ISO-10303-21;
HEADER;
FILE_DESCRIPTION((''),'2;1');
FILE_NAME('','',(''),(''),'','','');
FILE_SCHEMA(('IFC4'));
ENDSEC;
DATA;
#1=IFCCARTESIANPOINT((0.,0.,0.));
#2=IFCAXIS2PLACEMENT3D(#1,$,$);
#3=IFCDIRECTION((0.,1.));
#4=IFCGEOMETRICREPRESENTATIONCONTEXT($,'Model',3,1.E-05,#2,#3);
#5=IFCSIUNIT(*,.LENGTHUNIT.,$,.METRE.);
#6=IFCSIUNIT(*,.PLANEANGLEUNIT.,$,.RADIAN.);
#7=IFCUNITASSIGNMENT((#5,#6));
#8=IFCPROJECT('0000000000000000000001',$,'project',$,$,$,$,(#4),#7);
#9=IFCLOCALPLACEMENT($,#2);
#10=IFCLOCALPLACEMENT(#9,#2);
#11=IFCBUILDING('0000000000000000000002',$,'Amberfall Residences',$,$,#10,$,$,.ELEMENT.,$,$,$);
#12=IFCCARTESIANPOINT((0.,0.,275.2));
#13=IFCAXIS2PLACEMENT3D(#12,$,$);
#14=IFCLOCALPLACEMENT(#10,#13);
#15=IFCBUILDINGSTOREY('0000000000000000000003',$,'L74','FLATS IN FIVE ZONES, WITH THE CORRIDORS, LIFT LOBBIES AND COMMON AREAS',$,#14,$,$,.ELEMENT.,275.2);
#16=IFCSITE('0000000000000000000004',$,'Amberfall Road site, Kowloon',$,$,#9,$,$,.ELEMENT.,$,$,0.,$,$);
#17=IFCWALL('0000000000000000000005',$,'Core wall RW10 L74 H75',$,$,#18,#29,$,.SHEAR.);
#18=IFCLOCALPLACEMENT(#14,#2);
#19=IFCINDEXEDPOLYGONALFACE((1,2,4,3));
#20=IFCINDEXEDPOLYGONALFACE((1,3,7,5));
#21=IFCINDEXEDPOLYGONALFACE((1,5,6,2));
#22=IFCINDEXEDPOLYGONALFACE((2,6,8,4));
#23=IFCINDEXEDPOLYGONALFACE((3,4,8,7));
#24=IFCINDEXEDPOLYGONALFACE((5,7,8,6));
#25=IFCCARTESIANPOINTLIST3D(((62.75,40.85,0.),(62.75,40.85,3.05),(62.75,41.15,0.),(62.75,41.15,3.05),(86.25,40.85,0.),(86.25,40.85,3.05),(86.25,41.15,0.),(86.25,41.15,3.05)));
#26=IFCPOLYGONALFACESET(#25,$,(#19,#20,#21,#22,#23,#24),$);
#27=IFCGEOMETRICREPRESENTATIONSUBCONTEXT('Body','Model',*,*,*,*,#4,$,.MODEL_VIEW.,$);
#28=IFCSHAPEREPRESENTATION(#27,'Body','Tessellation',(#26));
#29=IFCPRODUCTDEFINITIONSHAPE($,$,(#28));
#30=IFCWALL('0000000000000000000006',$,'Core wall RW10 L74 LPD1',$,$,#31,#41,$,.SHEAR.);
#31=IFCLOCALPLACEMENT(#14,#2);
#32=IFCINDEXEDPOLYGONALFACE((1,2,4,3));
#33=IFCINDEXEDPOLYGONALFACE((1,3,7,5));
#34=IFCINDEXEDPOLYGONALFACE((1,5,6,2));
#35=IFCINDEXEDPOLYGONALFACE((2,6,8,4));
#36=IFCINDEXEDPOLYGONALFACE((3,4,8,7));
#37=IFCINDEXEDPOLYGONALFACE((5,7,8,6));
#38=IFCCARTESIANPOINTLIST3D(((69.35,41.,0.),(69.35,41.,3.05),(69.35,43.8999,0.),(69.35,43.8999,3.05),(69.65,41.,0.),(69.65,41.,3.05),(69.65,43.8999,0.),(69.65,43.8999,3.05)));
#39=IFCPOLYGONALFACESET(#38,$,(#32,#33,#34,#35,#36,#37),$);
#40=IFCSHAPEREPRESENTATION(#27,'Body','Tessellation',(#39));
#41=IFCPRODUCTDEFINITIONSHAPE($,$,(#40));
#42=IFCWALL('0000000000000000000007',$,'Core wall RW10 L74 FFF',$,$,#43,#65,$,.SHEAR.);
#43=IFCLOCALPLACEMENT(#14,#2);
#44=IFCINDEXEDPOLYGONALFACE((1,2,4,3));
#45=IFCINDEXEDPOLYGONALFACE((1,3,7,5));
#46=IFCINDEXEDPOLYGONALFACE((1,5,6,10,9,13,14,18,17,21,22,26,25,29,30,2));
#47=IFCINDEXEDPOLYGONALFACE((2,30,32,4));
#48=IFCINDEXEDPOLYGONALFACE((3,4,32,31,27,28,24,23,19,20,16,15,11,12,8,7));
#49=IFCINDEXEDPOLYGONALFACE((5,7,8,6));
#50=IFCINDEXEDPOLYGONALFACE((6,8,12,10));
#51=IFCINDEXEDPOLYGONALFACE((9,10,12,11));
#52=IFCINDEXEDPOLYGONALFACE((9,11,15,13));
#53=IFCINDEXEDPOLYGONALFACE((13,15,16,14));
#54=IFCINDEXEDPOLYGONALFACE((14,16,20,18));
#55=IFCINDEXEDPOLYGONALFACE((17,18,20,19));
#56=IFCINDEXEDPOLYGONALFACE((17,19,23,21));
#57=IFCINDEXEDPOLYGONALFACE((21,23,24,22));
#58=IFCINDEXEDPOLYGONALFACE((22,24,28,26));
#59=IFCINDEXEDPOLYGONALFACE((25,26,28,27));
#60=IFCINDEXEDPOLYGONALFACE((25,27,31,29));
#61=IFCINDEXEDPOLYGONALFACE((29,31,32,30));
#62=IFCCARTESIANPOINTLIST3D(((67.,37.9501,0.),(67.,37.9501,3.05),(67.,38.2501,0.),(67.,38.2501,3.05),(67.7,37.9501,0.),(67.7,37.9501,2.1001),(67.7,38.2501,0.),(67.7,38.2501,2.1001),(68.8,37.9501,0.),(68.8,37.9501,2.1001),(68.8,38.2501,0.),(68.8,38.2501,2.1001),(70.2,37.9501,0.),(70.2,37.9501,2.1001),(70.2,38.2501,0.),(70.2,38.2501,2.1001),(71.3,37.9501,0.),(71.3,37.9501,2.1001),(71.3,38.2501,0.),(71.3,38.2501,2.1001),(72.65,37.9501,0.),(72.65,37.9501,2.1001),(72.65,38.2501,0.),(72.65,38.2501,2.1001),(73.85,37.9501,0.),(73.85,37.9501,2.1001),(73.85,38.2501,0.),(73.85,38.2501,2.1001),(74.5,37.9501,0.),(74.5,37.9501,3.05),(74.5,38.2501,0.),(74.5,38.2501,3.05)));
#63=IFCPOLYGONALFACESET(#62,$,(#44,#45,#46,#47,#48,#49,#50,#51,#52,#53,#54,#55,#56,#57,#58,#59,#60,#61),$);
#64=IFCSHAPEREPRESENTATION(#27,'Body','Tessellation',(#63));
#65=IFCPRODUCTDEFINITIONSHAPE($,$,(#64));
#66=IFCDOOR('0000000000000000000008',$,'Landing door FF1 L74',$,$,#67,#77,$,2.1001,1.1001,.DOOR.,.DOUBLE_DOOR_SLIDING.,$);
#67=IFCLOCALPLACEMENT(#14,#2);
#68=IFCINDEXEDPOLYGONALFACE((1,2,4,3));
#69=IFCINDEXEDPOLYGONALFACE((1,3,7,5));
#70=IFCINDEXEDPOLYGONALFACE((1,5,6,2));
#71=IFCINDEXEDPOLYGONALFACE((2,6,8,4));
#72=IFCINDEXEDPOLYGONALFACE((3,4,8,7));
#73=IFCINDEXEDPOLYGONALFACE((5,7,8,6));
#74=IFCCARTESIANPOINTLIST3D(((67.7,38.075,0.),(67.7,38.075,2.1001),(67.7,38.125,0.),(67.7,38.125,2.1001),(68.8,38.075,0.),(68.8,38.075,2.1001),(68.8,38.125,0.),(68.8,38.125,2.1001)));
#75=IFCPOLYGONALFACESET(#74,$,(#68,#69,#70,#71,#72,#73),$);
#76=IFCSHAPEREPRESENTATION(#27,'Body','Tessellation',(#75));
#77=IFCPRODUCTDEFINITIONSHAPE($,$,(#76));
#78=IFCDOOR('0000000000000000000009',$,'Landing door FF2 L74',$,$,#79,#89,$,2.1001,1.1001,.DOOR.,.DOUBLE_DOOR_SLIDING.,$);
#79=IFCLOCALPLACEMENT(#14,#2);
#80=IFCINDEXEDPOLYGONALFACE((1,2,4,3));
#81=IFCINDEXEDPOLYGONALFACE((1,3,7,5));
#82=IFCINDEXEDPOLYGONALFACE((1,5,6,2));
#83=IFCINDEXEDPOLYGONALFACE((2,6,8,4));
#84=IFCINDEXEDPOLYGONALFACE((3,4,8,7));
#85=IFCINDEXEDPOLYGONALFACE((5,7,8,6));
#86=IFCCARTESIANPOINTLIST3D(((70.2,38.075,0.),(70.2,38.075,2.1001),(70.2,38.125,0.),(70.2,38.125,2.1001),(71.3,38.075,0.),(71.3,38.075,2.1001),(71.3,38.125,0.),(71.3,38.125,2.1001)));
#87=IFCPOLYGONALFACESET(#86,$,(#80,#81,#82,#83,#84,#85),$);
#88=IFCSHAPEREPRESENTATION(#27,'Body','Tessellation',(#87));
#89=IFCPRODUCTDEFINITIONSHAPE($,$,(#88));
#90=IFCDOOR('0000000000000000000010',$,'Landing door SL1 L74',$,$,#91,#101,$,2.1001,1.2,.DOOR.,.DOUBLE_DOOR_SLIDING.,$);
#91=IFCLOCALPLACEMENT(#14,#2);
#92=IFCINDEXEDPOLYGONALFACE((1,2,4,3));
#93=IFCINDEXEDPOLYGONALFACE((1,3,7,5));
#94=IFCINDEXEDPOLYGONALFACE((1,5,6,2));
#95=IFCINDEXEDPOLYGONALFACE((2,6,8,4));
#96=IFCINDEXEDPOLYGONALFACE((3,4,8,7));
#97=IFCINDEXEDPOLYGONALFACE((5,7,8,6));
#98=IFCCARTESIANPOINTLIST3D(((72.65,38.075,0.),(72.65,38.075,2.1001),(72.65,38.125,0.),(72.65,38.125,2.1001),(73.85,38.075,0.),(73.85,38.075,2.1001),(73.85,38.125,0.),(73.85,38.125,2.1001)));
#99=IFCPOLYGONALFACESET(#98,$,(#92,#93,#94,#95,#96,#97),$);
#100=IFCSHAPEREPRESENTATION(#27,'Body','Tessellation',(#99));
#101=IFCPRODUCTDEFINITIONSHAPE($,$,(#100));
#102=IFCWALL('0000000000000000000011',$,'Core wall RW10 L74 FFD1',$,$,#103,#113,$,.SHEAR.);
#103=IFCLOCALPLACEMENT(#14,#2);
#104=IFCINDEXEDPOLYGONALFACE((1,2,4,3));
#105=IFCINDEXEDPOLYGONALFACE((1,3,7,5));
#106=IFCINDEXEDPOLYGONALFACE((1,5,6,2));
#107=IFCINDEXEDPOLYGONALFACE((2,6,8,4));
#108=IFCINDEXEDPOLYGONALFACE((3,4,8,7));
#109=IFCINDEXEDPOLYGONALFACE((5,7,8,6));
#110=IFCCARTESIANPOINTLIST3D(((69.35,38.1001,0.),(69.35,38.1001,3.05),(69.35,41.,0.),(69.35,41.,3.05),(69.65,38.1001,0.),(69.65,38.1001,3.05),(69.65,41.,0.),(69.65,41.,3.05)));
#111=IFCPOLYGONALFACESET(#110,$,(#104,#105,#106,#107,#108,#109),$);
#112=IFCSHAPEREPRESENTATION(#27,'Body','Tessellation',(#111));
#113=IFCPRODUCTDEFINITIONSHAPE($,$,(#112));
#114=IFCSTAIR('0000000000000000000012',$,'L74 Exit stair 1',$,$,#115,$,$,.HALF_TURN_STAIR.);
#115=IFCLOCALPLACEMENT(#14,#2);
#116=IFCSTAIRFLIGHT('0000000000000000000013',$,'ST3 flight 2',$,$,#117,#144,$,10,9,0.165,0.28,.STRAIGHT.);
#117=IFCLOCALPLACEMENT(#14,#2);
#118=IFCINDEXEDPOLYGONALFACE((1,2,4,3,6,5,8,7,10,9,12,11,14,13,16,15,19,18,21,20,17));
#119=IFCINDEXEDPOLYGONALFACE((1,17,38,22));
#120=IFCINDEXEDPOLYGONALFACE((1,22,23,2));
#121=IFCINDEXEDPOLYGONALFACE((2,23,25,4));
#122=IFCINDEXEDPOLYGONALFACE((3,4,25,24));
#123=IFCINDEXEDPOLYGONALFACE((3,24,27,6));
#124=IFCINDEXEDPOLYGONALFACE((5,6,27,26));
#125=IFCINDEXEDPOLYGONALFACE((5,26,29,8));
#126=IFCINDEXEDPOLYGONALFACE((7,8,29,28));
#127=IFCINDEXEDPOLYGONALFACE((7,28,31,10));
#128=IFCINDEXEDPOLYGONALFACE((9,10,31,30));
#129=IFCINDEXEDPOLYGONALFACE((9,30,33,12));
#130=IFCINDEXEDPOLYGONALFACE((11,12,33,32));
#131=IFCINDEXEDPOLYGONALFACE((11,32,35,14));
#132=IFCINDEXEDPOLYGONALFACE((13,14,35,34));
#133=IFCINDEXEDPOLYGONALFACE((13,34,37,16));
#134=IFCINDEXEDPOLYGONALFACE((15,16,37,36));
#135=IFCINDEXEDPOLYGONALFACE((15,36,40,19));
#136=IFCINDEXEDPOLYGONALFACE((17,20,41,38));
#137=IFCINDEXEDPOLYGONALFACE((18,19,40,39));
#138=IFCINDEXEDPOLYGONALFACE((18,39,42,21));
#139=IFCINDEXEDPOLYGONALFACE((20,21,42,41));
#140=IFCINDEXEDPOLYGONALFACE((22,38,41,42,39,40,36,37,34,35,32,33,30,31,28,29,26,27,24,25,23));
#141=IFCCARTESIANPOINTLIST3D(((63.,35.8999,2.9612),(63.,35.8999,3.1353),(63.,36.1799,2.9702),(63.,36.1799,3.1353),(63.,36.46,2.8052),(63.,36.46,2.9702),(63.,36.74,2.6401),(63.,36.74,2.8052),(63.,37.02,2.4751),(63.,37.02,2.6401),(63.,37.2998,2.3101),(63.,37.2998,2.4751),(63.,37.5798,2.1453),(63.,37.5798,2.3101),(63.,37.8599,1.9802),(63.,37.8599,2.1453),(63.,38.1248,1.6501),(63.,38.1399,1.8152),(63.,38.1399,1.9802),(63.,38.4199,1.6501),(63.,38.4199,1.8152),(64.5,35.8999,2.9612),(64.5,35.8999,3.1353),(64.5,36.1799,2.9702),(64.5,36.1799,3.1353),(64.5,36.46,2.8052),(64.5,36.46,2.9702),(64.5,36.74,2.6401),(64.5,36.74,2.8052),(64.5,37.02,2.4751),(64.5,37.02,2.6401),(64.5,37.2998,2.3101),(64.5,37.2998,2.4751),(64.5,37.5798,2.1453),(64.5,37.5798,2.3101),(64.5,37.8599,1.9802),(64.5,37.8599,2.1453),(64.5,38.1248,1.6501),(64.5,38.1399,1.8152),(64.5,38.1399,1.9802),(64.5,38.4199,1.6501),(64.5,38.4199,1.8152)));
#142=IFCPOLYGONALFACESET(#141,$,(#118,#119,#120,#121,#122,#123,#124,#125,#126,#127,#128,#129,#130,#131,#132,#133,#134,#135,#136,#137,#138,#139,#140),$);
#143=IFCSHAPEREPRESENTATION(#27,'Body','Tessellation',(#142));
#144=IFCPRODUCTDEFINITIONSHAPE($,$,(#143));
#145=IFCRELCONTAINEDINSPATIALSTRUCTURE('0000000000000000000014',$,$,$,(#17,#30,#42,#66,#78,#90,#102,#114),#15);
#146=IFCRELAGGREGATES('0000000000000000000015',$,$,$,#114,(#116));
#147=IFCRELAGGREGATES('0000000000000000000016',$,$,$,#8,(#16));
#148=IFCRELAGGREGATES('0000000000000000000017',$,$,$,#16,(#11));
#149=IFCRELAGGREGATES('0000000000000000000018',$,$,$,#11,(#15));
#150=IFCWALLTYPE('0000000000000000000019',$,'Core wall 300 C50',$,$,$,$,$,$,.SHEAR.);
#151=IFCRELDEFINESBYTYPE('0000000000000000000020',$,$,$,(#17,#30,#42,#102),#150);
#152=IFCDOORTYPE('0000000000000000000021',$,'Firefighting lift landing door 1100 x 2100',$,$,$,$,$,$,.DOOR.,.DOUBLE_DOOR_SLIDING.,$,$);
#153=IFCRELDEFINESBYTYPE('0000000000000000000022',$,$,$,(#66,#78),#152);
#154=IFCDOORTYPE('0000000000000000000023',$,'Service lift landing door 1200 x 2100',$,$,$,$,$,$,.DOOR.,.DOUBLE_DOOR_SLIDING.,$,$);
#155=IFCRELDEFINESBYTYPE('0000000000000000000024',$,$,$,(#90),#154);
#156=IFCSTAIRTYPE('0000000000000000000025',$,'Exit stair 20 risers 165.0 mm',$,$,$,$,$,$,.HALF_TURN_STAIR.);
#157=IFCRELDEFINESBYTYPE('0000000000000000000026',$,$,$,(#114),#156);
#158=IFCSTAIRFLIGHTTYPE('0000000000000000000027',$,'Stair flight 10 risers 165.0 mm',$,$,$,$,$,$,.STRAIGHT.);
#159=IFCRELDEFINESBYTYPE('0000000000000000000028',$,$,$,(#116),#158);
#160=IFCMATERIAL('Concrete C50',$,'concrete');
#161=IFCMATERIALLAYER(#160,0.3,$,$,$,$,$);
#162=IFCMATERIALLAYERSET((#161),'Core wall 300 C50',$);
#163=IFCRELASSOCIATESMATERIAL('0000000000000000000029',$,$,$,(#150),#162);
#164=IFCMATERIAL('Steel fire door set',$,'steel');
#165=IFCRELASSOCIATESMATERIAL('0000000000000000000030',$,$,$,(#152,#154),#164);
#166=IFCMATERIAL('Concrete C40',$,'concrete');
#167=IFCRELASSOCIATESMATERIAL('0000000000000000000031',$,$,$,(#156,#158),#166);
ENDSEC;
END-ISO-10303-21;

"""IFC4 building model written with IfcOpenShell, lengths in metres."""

from ifc_helpers import new_model, si_unit, direction, frame, frame_2d, origin, place, context, subcontext, project, spatial, polyline, rectangle, outline, extrude, material, layer, layer_set, type_object, element, fill, aggregate, save


model = new_model("IFC4")

# Units and contexts
model_context = context("Model", 3, precision=1e-05, world=origin(), true_north=direction((0.0, 1.0)))
body_context = subcontext(model_context, "Body", "Model", "MODEL_VIEW")
ifc_project = project(units=[si_unit("LENGTHUNIT", "METRE"), si_unit("PLANEANGLEUNIT", "RADIAN")], contexts=[model_context])

# Site, building, storey
site_placement = place(None, origin())
site = spatial("IfcSite", under=ifc_project, at=site_placement, Name="Amberfall Road site, Kowloon", CompositionType="ELEMENT", RefElevation=0.0)
building_placement = place(site_placement, origin())
building = spatial("IfcBuilding", under=site, at=building_placement, Name="Amberfall Residences", CompositionType="ELEMENT")
storey_placement = place(building_placement, frame((0.0, 0.0, 275.2)))
storey = spatial("IfcBuildingStorey", under=building, at=storey_placement, Name="L74", Description="FLATS IN FIVE ZONES, WITH THE CORRIDORS, LIFT LOBBIES AND COMMON AREAS", CompositionType="ELEMENT", Elevation=275.2)

# Walls
ifc_material_1 = material(Name="Concrete C50", Category="concrete")
ifc_layer = layer(ifc_material_1, 0.3)
ifc_layer_set = layer_set([ifc_layer], Name="Core wall 300 C50")
wall_type = type_object("IfcWallType", Name="Core wall 300 C50", PredefinedType="SHEAR", material=ifc_layer_set)
wall_1_placement = place(storey_placement, frame((62.75, 41.0, 0.0), z_axis=(0.0, 0.0, 1.0), x_axis=(1.0, 0.0, 0.0)))
element("IfcWall", 1, at=wall_1_placement, inside=storey, type_object=wall_type, Name="Core wall RW10 L74 H75", PredefinedType="SHEAR", context=body_context, shape_type="SweptSolid", body=[
    extrude(rectangle(XDim=23.5, YDim=0.3, at=frame_2d((11.75, 0.0))), origin(), (0.0, 0.0, 1.0), 3.05),
])
wall_2_placement = place(storey_placement, frame((69.5, 41.0, 0.0), z_axis=(0.0, 0.0, 1.0), x_axis=(0.0, 1.0, 0.0)))
element("IfcWall", 2, at=wall_2_placement, inside=storey, type_object=wall_type, Name="Core wall RW10 L74 LPD1", PredefinedType="SHEAR", context=body_context, shape_type="SweptSolid", body=[
    extrude(rectangle(XDim=2.8999, YDim=0.3, at=frame_2d((1.45, 0.0))), origin(), (0.0, 0.0, 1.0), 3.05),
])

# Wall, openings, doors
wall_3_placement = place(storey_placement, frame((67.0, 38.1001, 0.0), z_axis=(0.0, 0.0, 1.0), x_axis=(1.0, 0.0, 0.0)))
wall_3 = element("IfcWall", 3, at=wall_3_placement, inside=storey, type_object=wall_type, Name="Core wall RW10 L74 FFF", PredefinedType="SHEAR", context=body_context, shape_type="SweptSolid", body=[
    extrude(rectangle(XDim=7.5, YDim=0.3, at=frame_2d((3.75, 0.0))), origin(), (0.0, 0.0, 1.0), 3.05),
])
opening_1_placement = place(wall_3_placement, frame((0.7, 0.0, 0.0)))
opening_1 = element("IfcOpeningElement", 4, at=opening_1_placement, cuts=wall_3, PredefinedType="OPENING", context=body_context, shape_type="SweptSolid", body=[
    extrude(rectangle(XDim=1.1001, YDim=2.1001, at=frame_2d((0.55, 1.05))), frame((0.0, 0.1599, 0.0), z_axis=(0.0, -1.0, 0.0), x_axis=(1.0, 0.0, 0.0)), (0.0, 0.0, 1.0), 0.3201),
])
opening_2_placement = place(wall_3_placement, frame((3.2, 0.0, 0.0)))
opening_2 = element("IfcOpeningElement", 5, at=opening_2_placement, cuts=wall_3, PredefinedType="OPENING", context=body_context, shape_type="SweptSolid", body=[
    extrude(rectangle(XDim=1.1001, YDim=2.1001, at=frame_2d((0.55, 1.05))), frame((0.0, 0.1599, 0.0), z_axis=(0.0, -1.0, 0.0), x_axis=(1.0, 0.0, 0.0)), (0.0, 0.0, 1.0), 0.3201),
])
opening_3_placement = place(wall_3_placement, frame((5.6499, 0.0, 0.0)))
opening_3 = element("IfcOpeningElement", 6, at=opening_3_placement, cuts=wall_3, PredefinedType="OPENING", context=body_context, shape_type="SweptSolid", body=[
    extrude(rectangle(XDim=1.2, YDim=2.1001, at=frame_2d((0.6001, 1.05))), frame((0.0, 0.1599, 0.0), z_axis=(0.0, -1.0, 0.0), x_axis=(1.0, 0.0, 0.0)), (0.0, 0.0, 1.0), 0.3201),
])
ifc_material_2 = material(Name="Steel fire door set", Category="steel")
door_type_1 = type_object("IfcDoorType", Name="Firefighting lift landing door 1100 x 2100", OperationType="DOUBLE_DOOR_SLIDING", PredefinedType="DOOR", material=ifc_material_2)
door_1_placement = place(opening_1_placement, origin())
door_1 = element("IfcDoor", 7, at=door_1_placement, inside=storey, type_object=door_type_1, Name="Landing door FF1 L74", OperationType="DOUBLE_DOOR_SLIDING", OverallHeight=2.1001, OverallWidth=1.1001, PredefinedType="DOOR", context=body_context, shape_type="SweptSolid", body=[
    extrude(rectangle(XDim=1.1001, YDim=2.1001, at=frame_2d((0.55, 1.05))), frame((0.0, 0.0249, 0.0), z_axis=(0.0, -1.0, 0.0), x_axis=(1.0, 0.0, 0.0)), (0.0, 0.0, 1.0), 0.05),
])
fill(opening_1, door_1)
door_2_placement = place(opening_2_placement, origin())
door_2 = element("IfcDoor", 8, at=door_2_placement, inside=storey, type_object=door_type_1, Name="Landing door FF2 L74", OperationType="DOUBLE_DOOR_SLIDING", OverallHeight=2.1001, OverallWidth=1.1001, PredefinedType="DOOR", context=body_context, shape_type="SweptSolid", body=[
    extrude(rectangle(XDim=1.1001, YDim=2.1001, at=frame_2d((0.55, 1.05))), frame((0.0, 0.0249, 0.0), z_axis=(0.0, -1.0, 0.0), x_axis=(1.0, 0.0, 0.0)), (0.0, 0.0, 1.0), 0.05),
])
fill(opening_2, door_2)
door_type_2 = type_object("IfcDoorType", Name="Service lift landing door 1200 x 2100", OperationType="DOUBLE_DOOR_SLIDING", PredefinedType="DOOR", material=ifc_material_2)
door_3_placement = place(opening_3_placement, origin())
door_3 = element("IfcDoor", 9, at=door_3_placement, inside=storey, type_object=door_type_2, Name="Landing door SL1 L74", OperationType="DOUBLE_DOOR_SLIDING", OverallHeight=2.1001, OverallWidth=1.2, PredefinedType="DOOR", context=body_context, shape_type="SweptSolid", body=[
    extrude(rectangle(XDim=1.2, YDim=2.1001, at=frame_2d((0.6001, 1.05))), frame((0.0, 0.0249, 0.0), z_axis=(0.0, -1.0, 0.0), x_axis=(1.0, 0.0, 0.0)), (0.0, 0.0, 1.0), 0.05),
])
fill(opening_3, door_3)

# Wall
wall_4_placement = place(storey_placement, frame((69.5, 38.1001, 0.0), z_axis=(0.0, 0.0, 1.0), x_axis=(0.0, 1.0, 0.0)))
element("IfcWall", 10, at=wall_4_placement, inside=storey, type_object=wall_type, Name="Core wall RW10 L74 FFD1", PredefinedType="SHEAR", context=body_context, shape_type="SweptSolid", body=[
    extrude(rectangle(XDim=2.8999, YDim=0.3, at=frame_2d((1.45, 0.0))), origin(), (0.0, 0.0, 1.0), 3.05),
])

# Stair, stair flight
ifc_material_3 = material(Name="Concrete C40", Category="concrete")
stair_type = type_object("IfcStairType", Name="Exit stair 20 risers 165.0 mm", PredefinedType="HALF_TURN_STAIR", material=ifc_material_3)
stair_placement = place(storey_placement, origin())
stair = element("IfcStair", 11, at=stair_placement, inside=storey, type_object=stair_type, Name="L74 Exit stair 1", PredefinedType="HALF_TURN_STAIR")
stair_flight_type = type_object("IfcStairFlightType", Name="Stair flight 10 risers 165.0 mm", PredefinedType="STRAIGHT", material=ifc_material_3)
stair_flight_placement = place(storey_placement, frame((63.75, 38.4199, 1.6501), z_axis=(0.0, 0.0, 1.0), x_axis=(0.0, -1.0, 0.0)))
stair_flight = element("IfcStairFlight", 12, at=stair_flight_placement, type_object=stair_flight_type, Name="ST3 flight 2", NumberOfRisers=10, NumberOfTreads=9, PredefinedType="STRAIGHT", RiserHeight=0.165, TreadLength=0.28, context=body_context, shape_type="SweptSolid", body=[
    extrude(outline(polyline([(0.0, 0.0), (0.0, 0.165), (0.28, 0.165), (0.28, 0.3301), (0.5601, 0.3301), (0.5601, 0.4951), (0.8401, 0.4951), (0.8401, 0.6599), (1.1201, 0.6599), (1.1201, 0.825), (1.3999, 0.825), (1.3999, 0.99), (1.6799, 0.99), (1.6799, 1.155), (1.96, 1.155), (1.96, 1.3201), (2.24, 1.3201), (2.24, 1.4851), (2.52, 1.4851), (2.52, 1.6499), (2.52, 1.311), (0.2952, 0.0), (0.0, 0.0)])), frame((0.0, 0.75, 0.0), z_axis=(0.0, -1.0, 0.0), x_axis=(1.0, 0.0, 0.0)), (0.0, 0.0, 1.0), 1.5),
])
aggregate(stair, [stair_flight])

save(model, "model.ifc")
